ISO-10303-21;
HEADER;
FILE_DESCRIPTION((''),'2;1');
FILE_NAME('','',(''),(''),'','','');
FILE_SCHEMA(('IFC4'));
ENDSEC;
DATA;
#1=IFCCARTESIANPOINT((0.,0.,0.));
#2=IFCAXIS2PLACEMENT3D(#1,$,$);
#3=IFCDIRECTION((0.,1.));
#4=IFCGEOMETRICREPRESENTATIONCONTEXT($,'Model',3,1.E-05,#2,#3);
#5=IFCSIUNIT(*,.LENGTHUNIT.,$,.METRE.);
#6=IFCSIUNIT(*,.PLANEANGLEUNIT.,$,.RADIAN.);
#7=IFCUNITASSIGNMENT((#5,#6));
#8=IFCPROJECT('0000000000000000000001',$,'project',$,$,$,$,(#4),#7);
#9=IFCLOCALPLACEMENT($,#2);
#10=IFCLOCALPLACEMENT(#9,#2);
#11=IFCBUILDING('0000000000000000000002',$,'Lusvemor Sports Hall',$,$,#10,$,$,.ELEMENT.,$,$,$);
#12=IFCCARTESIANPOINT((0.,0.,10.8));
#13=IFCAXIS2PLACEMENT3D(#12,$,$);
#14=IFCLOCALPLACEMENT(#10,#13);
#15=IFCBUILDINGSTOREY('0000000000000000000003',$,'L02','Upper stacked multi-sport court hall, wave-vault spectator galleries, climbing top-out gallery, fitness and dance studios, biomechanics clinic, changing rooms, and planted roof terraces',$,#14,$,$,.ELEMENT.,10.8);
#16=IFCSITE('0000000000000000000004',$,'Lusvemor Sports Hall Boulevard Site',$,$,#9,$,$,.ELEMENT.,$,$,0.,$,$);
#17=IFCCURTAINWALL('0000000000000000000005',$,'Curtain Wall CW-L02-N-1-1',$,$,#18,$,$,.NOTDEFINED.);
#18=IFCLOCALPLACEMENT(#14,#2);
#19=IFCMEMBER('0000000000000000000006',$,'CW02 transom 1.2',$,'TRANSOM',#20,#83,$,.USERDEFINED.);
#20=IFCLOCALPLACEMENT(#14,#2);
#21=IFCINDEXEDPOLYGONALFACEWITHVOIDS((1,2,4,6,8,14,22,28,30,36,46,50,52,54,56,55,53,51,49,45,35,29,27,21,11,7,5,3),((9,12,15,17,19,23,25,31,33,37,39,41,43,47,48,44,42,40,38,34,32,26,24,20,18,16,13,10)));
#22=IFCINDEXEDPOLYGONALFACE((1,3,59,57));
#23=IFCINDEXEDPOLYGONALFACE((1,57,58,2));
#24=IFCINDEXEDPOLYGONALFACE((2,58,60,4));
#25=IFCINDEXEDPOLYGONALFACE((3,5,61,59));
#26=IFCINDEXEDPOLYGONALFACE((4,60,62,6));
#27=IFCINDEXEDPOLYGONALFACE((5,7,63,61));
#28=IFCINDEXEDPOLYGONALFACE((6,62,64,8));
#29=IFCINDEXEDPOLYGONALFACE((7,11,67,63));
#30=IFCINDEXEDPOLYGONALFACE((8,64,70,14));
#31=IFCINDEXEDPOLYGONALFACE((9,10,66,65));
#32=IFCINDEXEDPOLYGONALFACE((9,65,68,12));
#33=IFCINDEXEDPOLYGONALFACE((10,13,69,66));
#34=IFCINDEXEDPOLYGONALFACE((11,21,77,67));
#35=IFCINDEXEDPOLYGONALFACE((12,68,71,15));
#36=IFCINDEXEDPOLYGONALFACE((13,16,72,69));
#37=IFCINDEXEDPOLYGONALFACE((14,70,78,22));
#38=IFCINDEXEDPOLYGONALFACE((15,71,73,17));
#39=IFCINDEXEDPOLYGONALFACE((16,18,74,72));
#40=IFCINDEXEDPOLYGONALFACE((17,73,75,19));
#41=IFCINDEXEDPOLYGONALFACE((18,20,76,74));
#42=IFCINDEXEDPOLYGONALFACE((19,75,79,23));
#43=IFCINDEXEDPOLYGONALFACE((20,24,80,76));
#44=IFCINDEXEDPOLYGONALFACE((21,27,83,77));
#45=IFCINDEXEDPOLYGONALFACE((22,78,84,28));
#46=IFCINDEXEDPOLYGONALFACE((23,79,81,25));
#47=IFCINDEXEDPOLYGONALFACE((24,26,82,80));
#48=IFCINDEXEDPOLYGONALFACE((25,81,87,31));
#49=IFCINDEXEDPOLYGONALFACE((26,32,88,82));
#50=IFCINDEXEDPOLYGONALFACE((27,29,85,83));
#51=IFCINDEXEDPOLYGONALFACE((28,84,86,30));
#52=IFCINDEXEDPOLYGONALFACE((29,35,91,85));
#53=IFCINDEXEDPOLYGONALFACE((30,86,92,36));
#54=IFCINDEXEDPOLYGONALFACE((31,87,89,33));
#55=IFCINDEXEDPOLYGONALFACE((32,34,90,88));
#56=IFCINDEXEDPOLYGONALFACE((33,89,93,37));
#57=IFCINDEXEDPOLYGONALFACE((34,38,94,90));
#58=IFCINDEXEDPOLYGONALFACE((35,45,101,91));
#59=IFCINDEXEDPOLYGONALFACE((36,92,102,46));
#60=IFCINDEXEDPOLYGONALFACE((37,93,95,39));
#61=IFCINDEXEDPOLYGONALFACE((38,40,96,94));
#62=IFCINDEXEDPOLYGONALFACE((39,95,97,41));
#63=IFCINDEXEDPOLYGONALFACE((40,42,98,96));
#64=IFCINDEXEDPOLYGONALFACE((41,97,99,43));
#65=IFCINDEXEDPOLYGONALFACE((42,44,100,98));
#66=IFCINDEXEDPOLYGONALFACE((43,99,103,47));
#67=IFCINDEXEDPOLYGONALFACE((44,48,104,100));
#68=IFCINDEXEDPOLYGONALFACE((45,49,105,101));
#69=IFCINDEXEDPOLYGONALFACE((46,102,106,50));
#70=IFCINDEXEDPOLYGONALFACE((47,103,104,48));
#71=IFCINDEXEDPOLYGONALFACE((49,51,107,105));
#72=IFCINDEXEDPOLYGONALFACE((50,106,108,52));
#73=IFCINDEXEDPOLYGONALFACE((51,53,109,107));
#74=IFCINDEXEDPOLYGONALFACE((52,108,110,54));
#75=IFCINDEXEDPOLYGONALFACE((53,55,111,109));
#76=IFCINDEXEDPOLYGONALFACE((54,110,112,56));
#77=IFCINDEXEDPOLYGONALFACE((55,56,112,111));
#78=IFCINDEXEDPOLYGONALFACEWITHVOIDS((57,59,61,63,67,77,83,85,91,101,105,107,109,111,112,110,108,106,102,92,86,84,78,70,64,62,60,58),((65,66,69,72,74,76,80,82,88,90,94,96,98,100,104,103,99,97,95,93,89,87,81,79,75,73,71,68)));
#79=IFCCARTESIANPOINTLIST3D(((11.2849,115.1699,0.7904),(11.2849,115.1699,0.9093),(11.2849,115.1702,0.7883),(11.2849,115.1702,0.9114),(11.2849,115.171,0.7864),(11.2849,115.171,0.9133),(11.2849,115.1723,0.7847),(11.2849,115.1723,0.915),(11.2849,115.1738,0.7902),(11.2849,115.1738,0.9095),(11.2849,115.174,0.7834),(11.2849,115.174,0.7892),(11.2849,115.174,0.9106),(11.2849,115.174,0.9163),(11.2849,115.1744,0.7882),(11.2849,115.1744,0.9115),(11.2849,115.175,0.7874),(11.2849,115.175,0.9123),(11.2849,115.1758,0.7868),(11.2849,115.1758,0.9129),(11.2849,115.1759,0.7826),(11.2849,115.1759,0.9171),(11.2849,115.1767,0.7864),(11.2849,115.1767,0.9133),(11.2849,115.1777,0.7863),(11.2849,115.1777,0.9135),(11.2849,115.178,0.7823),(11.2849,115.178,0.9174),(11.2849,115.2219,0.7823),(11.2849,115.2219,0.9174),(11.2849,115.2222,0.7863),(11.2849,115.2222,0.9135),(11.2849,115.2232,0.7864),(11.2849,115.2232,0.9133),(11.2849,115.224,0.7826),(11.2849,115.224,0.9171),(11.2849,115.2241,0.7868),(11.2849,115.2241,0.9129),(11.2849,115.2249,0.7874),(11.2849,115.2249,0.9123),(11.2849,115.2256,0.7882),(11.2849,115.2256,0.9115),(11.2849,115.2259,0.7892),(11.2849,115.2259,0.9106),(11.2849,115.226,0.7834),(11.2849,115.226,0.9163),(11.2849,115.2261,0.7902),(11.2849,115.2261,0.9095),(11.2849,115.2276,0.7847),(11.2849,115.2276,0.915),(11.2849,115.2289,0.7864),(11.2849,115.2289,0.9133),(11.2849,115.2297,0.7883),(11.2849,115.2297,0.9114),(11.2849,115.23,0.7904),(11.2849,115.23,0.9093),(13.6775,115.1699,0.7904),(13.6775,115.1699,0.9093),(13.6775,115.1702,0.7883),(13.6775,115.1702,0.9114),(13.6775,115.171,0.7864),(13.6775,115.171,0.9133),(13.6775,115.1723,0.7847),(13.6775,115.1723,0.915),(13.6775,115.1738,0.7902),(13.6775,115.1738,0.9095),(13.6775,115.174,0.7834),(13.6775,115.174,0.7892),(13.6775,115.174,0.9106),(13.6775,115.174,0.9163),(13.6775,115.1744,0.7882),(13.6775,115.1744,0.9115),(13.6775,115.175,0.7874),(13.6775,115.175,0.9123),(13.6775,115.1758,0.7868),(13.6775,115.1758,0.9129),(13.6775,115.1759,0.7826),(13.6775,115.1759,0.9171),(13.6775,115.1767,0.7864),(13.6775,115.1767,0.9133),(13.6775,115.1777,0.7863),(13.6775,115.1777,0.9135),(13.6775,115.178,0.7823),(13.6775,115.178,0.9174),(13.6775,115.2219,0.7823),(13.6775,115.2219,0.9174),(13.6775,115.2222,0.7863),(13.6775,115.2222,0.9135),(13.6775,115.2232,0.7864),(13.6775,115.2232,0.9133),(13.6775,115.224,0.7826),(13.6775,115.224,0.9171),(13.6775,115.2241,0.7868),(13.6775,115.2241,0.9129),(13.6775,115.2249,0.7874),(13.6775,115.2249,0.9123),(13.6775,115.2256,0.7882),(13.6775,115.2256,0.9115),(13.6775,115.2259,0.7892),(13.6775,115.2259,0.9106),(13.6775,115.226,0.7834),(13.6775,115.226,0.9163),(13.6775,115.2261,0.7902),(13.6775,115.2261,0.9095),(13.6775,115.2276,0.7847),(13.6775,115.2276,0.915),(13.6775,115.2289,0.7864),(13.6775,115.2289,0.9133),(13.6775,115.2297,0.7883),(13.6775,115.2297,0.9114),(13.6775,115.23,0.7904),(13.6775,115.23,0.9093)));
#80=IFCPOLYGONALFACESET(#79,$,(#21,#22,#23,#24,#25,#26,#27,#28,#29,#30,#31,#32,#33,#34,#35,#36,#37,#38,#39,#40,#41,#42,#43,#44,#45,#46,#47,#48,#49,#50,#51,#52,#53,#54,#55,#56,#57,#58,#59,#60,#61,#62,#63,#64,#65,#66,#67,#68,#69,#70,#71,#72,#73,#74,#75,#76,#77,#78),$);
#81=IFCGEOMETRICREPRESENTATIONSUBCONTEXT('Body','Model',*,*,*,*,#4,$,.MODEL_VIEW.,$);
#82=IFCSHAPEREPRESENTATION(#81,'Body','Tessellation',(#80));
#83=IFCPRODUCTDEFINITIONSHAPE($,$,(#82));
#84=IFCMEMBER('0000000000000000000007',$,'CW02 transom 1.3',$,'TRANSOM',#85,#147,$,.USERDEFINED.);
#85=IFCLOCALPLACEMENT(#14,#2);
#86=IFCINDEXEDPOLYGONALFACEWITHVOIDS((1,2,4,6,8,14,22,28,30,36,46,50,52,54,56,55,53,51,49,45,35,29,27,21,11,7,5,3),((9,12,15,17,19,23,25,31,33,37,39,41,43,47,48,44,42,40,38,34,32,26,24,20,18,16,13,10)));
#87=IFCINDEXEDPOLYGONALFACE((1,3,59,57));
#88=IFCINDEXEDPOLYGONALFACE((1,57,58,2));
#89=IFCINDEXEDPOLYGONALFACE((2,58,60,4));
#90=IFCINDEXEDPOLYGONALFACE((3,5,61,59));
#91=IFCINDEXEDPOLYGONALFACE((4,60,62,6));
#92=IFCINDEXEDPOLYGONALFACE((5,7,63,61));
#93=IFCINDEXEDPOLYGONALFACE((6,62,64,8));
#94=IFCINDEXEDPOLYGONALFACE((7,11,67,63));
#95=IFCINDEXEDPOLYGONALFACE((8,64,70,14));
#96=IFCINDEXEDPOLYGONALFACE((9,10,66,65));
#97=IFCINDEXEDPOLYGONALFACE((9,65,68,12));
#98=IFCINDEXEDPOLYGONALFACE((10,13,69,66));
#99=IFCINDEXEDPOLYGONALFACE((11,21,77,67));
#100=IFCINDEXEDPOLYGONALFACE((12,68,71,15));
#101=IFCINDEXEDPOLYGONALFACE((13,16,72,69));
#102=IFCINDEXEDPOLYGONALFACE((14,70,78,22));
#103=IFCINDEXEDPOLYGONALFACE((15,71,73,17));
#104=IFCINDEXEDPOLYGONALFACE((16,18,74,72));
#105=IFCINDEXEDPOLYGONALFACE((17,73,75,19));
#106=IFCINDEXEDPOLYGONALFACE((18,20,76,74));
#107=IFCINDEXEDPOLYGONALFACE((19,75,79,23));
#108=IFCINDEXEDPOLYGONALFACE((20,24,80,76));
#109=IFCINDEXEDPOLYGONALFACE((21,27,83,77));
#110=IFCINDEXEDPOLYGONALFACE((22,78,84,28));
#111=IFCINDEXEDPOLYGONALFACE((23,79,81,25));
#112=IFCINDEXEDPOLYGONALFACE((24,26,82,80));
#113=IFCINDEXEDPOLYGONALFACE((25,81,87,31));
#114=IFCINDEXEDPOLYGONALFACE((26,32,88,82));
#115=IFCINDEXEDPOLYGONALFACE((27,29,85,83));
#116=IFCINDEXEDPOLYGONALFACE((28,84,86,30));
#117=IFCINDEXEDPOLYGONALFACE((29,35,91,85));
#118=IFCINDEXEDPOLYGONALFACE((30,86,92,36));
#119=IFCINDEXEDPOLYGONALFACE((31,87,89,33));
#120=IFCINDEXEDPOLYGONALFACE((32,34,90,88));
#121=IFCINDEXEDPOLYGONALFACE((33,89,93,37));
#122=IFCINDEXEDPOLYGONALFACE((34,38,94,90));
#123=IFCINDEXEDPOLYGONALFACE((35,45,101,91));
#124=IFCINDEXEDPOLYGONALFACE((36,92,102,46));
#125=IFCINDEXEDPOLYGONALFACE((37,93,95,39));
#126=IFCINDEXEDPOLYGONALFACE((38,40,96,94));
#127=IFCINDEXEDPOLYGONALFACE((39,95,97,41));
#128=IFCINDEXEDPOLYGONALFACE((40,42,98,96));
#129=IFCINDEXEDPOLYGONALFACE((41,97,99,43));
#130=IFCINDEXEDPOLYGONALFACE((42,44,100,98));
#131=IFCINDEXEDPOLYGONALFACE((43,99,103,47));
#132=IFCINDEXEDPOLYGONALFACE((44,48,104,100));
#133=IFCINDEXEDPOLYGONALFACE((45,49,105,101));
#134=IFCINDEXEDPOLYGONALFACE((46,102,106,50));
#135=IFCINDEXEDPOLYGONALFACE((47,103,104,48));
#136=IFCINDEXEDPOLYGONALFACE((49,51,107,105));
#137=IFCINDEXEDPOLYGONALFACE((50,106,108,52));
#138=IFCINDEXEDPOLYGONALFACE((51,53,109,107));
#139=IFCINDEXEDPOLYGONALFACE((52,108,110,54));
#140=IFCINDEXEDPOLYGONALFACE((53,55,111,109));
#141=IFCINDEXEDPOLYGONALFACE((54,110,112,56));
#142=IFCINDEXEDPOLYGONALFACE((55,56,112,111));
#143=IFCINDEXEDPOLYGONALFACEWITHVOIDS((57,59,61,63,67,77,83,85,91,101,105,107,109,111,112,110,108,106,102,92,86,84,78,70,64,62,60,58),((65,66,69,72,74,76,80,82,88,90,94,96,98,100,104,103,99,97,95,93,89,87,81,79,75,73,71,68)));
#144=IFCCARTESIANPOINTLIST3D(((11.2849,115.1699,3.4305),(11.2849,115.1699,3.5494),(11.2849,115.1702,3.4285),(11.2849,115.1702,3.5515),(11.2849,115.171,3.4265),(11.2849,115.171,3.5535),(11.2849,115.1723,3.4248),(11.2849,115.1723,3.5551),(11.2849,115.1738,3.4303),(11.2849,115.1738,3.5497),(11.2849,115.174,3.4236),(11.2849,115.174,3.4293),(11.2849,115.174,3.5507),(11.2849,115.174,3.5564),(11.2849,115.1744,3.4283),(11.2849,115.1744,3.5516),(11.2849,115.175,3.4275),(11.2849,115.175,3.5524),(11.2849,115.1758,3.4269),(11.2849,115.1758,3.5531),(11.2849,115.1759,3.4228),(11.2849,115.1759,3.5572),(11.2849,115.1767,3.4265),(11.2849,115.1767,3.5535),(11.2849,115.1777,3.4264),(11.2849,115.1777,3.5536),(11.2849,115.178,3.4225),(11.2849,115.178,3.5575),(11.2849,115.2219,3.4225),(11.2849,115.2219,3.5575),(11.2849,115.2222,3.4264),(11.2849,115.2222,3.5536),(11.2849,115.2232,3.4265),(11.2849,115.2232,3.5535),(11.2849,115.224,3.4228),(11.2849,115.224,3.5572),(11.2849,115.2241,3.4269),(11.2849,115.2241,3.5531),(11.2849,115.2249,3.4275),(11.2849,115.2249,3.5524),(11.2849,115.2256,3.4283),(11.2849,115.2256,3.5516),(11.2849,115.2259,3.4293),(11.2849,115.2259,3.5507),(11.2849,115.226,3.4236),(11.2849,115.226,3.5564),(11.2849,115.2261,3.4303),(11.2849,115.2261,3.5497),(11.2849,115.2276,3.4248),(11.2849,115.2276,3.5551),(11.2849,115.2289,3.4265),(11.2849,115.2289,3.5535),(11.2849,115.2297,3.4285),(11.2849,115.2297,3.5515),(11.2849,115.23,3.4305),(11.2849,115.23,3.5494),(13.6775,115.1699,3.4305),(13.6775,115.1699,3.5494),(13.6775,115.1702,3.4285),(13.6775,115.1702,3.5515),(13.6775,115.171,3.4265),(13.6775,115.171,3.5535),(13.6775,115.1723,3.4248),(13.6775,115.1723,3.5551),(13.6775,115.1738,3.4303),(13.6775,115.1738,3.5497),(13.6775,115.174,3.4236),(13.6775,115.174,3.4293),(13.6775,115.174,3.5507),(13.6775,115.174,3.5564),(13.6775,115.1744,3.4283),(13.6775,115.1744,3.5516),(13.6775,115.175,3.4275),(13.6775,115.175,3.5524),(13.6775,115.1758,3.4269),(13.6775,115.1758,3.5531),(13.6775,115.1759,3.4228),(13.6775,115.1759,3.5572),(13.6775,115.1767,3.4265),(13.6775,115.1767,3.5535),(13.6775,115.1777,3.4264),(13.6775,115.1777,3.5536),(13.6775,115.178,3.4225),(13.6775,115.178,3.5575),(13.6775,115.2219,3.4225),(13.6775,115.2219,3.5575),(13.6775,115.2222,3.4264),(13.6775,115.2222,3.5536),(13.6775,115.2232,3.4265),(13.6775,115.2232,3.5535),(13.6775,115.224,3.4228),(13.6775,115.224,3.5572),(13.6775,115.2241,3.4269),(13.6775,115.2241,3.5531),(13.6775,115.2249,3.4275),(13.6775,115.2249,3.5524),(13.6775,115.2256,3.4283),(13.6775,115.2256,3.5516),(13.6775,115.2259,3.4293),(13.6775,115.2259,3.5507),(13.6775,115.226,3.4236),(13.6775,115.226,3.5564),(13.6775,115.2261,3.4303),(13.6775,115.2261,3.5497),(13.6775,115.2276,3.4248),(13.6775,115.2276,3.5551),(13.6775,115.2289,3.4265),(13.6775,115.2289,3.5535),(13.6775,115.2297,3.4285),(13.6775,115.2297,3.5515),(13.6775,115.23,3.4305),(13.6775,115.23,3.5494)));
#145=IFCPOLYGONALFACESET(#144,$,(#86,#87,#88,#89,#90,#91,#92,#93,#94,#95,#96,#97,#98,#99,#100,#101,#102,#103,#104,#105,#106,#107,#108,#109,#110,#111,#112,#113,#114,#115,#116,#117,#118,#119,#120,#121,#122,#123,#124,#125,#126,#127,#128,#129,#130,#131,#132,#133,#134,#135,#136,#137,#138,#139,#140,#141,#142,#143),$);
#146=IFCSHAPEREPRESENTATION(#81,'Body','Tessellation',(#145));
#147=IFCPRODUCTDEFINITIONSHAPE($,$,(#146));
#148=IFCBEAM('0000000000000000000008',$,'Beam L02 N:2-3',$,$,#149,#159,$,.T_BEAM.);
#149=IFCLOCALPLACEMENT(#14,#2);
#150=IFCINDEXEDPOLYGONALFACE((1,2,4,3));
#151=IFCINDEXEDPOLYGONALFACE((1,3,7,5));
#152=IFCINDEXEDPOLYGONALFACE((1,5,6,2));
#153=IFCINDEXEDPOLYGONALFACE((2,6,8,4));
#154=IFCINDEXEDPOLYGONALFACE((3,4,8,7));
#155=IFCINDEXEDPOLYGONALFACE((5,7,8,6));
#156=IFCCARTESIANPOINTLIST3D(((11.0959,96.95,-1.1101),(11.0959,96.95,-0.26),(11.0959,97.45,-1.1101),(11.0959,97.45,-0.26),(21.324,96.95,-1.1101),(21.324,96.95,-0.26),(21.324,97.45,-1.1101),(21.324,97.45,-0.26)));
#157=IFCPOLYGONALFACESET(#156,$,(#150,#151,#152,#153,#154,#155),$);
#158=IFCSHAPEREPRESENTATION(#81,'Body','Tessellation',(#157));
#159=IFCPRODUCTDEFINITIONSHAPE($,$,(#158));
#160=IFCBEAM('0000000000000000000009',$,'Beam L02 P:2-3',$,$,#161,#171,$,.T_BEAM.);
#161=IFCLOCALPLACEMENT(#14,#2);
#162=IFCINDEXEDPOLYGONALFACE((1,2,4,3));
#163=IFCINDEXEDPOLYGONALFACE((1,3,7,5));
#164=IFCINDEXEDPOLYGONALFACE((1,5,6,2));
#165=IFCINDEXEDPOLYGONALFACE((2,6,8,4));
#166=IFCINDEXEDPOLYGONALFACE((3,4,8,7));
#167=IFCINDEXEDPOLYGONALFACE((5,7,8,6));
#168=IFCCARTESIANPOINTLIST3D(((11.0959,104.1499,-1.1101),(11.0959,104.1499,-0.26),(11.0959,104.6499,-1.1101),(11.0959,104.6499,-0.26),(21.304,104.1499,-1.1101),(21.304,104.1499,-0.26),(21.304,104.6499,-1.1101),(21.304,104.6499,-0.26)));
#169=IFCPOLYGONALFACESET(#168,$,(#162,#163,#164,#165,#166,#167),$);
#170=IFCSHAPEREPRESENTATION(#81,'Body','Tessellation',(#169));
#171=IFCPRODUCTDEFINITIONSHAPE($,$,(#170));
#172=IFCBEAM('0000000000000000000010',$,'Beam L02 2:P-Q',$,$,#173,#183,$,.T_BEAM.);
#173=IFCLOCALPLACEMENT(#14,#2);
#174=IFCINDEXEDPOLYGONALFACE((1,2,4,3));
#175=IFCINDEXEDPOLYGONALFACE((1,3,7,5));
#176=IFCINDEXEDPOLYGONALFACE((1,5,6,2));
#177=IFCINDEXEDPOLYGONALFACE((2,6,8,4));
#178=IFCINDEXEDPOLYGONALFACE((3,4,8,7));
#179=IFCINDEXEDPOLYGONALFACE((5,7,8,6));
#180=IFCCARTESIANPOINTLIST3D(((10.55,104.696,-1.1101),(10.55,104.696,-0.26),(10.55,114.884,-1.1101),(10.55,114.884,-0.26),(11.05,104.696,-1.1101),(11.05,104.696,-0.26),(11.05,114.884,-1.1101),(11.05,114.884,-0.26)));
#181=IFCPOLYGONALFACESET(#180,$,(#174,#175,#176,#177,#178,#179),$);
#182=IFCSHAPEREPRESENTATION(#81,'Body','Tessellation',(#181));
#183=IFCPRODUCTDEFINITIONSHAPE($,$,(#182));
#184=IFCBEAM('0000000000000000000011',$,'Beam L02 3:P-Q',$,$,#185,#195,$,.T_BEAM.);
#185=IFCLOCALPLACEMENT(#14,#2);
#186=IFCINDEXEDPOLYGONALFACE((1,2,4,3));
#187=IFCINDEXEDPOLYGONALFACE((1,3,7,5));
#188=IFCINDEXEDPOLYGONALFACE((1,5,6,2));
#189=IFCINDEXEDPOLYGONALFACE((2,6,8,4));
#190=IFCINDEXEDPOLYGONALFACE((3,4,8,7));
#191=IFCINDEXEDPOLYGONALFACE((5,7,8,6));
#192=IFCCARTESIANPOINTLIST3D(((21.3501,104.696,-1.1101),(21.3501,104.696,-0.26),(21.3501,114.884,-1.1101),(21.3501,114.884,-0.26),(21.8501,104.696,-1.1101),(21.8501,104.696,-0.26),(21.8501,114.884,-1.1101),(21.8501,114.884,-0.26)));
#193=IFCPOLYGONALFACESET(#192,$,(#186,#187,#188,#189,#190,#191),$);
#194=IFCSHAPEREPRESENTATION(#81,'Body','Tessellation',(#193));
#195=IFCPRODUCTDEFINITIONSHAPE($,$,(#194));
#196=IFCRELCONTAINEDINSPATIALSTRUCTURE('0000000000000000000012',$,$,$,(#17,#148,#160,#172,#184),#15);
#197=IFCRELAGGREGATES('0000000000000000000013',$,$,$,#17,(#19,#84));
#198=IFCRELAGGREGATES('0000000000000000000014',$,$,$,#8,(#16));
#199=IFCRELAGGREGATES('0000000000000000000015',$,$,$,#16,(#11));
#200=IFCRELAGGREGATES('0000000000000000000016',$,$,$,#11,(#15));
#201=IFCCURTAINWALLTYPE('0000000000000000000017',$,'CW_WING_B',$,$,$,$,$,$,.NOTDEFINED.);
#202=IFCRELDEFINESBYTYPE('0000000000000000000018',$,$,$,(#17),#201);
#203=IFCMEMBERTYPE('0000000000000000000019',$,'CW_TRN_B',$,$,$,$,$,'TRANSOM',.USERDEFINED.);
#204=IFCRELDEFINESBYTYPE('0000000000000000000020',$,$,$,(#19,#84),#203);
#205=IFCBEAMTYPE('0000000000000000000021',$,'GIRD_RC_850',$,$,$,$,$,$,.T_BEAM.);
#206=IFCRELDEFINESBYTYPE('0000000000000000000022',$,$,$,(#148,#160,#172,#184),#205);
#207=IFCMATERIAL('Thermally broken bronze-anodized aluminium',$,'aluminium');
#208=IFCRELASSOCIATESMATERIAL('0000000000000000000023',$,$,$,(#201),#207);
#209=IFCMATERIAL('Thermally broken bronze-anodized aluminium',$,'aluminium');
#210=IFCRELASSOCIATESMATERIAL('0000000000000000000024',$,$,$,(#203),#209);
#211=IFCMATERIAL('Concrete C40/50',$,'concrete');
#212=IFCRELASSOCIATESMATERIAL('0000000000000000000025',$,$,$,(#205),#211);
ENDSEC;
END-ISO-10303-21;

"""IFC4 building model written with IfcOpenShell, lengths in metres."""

from ifc_helpers import new_model, si_unit, direction, frame, origin, origin_2d, place, context, subcontext, project, spatial, rectangle, hollow_rectangle, extrude, material, material_profile, profile_set, type_object, element, aggregate, save


model = new_model("IFC4")

# Units and contexts
model_context = context("Model", 3, precision=1e-05, world=origin(), true_north=direction((0.0, 1.0)))
body_context = subcontext(model_context, "Body", "Model", "MODEL_VIEW")
ifc_project = project(units=[si_unit("LENGTHUNIT", "METRE"), si_unit("PLANEANGLEUNIT", "RADIAN")], contexts=[model_context])

# Site, building, storey
site_placement = place(None, origin())
site = spatial("IfcSite", under=ifc_project, at=site_placement, Name="Lusvemor Sports Hall Boulevard Site", CompositionType="ELEMENT", RefElevation=0.0)
building_placement = place(site_placement, origin())
building = spatial("IfcBuilding", under=site, at=building_placement, Name="Lusvemor Sports Hall", CompositionType="ELEMENT")
storey_placement = place(building_placement, frame((0.0, 0.0, 10.8)))
storey = spatial("IfcBuildingStorey", under=building, at=storey_placement, Name="L02", Description="Upper stacked multi-sport court hall, wave-vault spectator galleries, climbing top-out gallery, fitness and dance studios, biomechanics clinic, changing rooms, and planted roof terraces", CompositionType="ELEMENT", Elevation=10.8)

# Curtain wall, members
ifc_material_1 = material(Name="Thermally broken bronze-anodized aluminium", Category="aluminium")
curtain_wall_type = type_object("IfcCurtainWallType", Name="CW_WING_B", PredefinedType="NOTDEFINED", material=ifc_material_1)
curtain_wall_placement = place(storey_placement, origin())
curtain_wall = element("IfcCurtainWall", 1, at=curtain_wall_placement, inside=storey, type_object=curtain_wall_type, Name="Curtain Wall CW-L02-N-1-1", PredefinedType="NOTDEFINED")
ifc_material_2 = material(Name="Thermally broken bronze-anodized aluminium", Category="aluminium")
ifc_material_profile_1 = material_profile(ifc_material_2, hollow_rectangle(XDim=0.0601, YDim=0.135, WallThickness=0.0039, InnerFilletRadius=0.0039, OuterFilletRadius=0.0081, at=origin_2d()), Name="CWTRN135x60x4")
ifc_profile_set_1 = profile_set([ifc_material_profile_1], Name="Thermally broken bronze-anodized aluminium")
member_type_1 = type_object("IfcMemberType", Name="CW_TRN_B", ElementType="TRANSOM", PredefinedType="USERDEFINED", material=ifc_profile_set_1)
member_1_placement = place(storey_placement, frame((11.2849, 115.2, 0.8499), z_axis=(1.0, 0.0, 0.0), x_axis=(0.0, 1.0, 0.0)))
member_1 = element("IfcMember", 2, at=member_1_placement, type_object=member_type_1, Name="CW02 transom 1.2", ObjectType="TRANSOM", PredefinedType="USERDEFINED", context=body_context, shape_type="SweptSolid", body=[
    extrude(hollow_rectangle(XDim=0.0601, YDim=0.135, WallThickness=0.0039, InnerFilletRadius=0.0039, OuterFilletRadius=0.0081, at=origin_2d()), origin(), (0.0, 0.0, 1.0), 2.3926),
])
member_2_placement = place(storey_placement, frame((11.2849, 115.2, 3.49), z_axis=(1.0, 0.0, 0.0), x_axis=(0.0, 1.0, 0.0)))
member_2 = element("IfcMember", 3, at=member_2_placement, type_object=member_type_1, Name="CW02 transom 1.3", ObjectType="TRANSOM", PredefinedType="USERDEFINED", context=body_context, shape_type="SweptSolid", body=[
    extrude(hollow_rectangle(XDim=0.0601, YDim=0.135, WallThickness=0.0039, InnerFilletRadius=0.0039, OuterFilletRadius=0.0081, at=origin_2d()), origin(), (0.0, 0.0, 1.0), 2.3926),
])

# Beams
ifc_material_3 = material(Name="Concrete C40/50", Category="concrete")
ifc_material_profile_2 = material_profile(ifc_material_3, rectangle(XDim=0.5, YDim=0.8501, at=origin_2d()), Name="RC500x850")
ifc_profile_set_2 = profile_set([ifc_material_profile_2], Name="Concrete C40/50")
beam_type_1 = type_object("IfcBeamType", Name="GIRD_RC_850", PredefinedType="T_BEAM", material=ifc_profile_set_2)
beam_1_placement = place(storey_placement, frame((11.0959, 97.2, -0.6851), z_axis=(1.0, 0.0, 0.0), x_axis=(0.0, 1.0, 0.0)))
element("IfcBeam", 4, at=beam_1_placement, inside=storey, type_object=beam_type_1, Name="Beam L02 N:2-3", PredefinedType="T_BEAM", context=body_context, shape_type="SweptSolid", body=[
    extrude(rectangle(XDim=0.5, YDim=0.8501, at=origin_2d()), origin(), (0.0, 0.0, 1.0), 10.228),
])
beam_2_placement = place(storey_placement, frame((11.0959, 104.3999, -0.6851), z_axis=(1.0, 0.0, 0.0), x_axis=(0.0, 1.0, 0.0)))
element("IfcBeam", 5, at=beam_2_placement, inside=storey, type_object=beam_type_1, Name="Beam L02 P:2-3", PredefinedType="T_BEAM", context=body_context, shape_type="SweptSolid", body=[
    extrude(rectangle(XDim=0.5, YDim=0.8501, at=origin_2d()), origin(), (0.0, 0.0, 1.0), 10.208),
])
for number, where, z_axis, x_axis, name in (
    (6, (10.8, 104.696, -0.6851), (0.0, 1.0, 0.0), (-1.0, 0.0, 0.0), "Beam L02 2:P-Q"),
    (7, (21.6001, 104.696, -0.6851), (0.0, 1.0, 0.0), (-1.0, 0.0, 0.0), "Beam L02 3:P-Q"),
):
    element("IfcBeam", number, at=place(storey_placement, frame(where, z_axis=z_axis, x_axis=x_axis)), inside=storey, type_object=beam_type_1, Name=name, PredefinedType="T_BEAM", context=body_context, shape_type="SweptSolid", body=[
        extrude(rectangle(XDim=0.5, YDim=0.8501, at=origin_2d()), origin(), (0.0, 0.0, 1.0), 10.188),
    ])

aggregate(curtain_wall, [member_1, member_2])

save(model, "model.ifc")
